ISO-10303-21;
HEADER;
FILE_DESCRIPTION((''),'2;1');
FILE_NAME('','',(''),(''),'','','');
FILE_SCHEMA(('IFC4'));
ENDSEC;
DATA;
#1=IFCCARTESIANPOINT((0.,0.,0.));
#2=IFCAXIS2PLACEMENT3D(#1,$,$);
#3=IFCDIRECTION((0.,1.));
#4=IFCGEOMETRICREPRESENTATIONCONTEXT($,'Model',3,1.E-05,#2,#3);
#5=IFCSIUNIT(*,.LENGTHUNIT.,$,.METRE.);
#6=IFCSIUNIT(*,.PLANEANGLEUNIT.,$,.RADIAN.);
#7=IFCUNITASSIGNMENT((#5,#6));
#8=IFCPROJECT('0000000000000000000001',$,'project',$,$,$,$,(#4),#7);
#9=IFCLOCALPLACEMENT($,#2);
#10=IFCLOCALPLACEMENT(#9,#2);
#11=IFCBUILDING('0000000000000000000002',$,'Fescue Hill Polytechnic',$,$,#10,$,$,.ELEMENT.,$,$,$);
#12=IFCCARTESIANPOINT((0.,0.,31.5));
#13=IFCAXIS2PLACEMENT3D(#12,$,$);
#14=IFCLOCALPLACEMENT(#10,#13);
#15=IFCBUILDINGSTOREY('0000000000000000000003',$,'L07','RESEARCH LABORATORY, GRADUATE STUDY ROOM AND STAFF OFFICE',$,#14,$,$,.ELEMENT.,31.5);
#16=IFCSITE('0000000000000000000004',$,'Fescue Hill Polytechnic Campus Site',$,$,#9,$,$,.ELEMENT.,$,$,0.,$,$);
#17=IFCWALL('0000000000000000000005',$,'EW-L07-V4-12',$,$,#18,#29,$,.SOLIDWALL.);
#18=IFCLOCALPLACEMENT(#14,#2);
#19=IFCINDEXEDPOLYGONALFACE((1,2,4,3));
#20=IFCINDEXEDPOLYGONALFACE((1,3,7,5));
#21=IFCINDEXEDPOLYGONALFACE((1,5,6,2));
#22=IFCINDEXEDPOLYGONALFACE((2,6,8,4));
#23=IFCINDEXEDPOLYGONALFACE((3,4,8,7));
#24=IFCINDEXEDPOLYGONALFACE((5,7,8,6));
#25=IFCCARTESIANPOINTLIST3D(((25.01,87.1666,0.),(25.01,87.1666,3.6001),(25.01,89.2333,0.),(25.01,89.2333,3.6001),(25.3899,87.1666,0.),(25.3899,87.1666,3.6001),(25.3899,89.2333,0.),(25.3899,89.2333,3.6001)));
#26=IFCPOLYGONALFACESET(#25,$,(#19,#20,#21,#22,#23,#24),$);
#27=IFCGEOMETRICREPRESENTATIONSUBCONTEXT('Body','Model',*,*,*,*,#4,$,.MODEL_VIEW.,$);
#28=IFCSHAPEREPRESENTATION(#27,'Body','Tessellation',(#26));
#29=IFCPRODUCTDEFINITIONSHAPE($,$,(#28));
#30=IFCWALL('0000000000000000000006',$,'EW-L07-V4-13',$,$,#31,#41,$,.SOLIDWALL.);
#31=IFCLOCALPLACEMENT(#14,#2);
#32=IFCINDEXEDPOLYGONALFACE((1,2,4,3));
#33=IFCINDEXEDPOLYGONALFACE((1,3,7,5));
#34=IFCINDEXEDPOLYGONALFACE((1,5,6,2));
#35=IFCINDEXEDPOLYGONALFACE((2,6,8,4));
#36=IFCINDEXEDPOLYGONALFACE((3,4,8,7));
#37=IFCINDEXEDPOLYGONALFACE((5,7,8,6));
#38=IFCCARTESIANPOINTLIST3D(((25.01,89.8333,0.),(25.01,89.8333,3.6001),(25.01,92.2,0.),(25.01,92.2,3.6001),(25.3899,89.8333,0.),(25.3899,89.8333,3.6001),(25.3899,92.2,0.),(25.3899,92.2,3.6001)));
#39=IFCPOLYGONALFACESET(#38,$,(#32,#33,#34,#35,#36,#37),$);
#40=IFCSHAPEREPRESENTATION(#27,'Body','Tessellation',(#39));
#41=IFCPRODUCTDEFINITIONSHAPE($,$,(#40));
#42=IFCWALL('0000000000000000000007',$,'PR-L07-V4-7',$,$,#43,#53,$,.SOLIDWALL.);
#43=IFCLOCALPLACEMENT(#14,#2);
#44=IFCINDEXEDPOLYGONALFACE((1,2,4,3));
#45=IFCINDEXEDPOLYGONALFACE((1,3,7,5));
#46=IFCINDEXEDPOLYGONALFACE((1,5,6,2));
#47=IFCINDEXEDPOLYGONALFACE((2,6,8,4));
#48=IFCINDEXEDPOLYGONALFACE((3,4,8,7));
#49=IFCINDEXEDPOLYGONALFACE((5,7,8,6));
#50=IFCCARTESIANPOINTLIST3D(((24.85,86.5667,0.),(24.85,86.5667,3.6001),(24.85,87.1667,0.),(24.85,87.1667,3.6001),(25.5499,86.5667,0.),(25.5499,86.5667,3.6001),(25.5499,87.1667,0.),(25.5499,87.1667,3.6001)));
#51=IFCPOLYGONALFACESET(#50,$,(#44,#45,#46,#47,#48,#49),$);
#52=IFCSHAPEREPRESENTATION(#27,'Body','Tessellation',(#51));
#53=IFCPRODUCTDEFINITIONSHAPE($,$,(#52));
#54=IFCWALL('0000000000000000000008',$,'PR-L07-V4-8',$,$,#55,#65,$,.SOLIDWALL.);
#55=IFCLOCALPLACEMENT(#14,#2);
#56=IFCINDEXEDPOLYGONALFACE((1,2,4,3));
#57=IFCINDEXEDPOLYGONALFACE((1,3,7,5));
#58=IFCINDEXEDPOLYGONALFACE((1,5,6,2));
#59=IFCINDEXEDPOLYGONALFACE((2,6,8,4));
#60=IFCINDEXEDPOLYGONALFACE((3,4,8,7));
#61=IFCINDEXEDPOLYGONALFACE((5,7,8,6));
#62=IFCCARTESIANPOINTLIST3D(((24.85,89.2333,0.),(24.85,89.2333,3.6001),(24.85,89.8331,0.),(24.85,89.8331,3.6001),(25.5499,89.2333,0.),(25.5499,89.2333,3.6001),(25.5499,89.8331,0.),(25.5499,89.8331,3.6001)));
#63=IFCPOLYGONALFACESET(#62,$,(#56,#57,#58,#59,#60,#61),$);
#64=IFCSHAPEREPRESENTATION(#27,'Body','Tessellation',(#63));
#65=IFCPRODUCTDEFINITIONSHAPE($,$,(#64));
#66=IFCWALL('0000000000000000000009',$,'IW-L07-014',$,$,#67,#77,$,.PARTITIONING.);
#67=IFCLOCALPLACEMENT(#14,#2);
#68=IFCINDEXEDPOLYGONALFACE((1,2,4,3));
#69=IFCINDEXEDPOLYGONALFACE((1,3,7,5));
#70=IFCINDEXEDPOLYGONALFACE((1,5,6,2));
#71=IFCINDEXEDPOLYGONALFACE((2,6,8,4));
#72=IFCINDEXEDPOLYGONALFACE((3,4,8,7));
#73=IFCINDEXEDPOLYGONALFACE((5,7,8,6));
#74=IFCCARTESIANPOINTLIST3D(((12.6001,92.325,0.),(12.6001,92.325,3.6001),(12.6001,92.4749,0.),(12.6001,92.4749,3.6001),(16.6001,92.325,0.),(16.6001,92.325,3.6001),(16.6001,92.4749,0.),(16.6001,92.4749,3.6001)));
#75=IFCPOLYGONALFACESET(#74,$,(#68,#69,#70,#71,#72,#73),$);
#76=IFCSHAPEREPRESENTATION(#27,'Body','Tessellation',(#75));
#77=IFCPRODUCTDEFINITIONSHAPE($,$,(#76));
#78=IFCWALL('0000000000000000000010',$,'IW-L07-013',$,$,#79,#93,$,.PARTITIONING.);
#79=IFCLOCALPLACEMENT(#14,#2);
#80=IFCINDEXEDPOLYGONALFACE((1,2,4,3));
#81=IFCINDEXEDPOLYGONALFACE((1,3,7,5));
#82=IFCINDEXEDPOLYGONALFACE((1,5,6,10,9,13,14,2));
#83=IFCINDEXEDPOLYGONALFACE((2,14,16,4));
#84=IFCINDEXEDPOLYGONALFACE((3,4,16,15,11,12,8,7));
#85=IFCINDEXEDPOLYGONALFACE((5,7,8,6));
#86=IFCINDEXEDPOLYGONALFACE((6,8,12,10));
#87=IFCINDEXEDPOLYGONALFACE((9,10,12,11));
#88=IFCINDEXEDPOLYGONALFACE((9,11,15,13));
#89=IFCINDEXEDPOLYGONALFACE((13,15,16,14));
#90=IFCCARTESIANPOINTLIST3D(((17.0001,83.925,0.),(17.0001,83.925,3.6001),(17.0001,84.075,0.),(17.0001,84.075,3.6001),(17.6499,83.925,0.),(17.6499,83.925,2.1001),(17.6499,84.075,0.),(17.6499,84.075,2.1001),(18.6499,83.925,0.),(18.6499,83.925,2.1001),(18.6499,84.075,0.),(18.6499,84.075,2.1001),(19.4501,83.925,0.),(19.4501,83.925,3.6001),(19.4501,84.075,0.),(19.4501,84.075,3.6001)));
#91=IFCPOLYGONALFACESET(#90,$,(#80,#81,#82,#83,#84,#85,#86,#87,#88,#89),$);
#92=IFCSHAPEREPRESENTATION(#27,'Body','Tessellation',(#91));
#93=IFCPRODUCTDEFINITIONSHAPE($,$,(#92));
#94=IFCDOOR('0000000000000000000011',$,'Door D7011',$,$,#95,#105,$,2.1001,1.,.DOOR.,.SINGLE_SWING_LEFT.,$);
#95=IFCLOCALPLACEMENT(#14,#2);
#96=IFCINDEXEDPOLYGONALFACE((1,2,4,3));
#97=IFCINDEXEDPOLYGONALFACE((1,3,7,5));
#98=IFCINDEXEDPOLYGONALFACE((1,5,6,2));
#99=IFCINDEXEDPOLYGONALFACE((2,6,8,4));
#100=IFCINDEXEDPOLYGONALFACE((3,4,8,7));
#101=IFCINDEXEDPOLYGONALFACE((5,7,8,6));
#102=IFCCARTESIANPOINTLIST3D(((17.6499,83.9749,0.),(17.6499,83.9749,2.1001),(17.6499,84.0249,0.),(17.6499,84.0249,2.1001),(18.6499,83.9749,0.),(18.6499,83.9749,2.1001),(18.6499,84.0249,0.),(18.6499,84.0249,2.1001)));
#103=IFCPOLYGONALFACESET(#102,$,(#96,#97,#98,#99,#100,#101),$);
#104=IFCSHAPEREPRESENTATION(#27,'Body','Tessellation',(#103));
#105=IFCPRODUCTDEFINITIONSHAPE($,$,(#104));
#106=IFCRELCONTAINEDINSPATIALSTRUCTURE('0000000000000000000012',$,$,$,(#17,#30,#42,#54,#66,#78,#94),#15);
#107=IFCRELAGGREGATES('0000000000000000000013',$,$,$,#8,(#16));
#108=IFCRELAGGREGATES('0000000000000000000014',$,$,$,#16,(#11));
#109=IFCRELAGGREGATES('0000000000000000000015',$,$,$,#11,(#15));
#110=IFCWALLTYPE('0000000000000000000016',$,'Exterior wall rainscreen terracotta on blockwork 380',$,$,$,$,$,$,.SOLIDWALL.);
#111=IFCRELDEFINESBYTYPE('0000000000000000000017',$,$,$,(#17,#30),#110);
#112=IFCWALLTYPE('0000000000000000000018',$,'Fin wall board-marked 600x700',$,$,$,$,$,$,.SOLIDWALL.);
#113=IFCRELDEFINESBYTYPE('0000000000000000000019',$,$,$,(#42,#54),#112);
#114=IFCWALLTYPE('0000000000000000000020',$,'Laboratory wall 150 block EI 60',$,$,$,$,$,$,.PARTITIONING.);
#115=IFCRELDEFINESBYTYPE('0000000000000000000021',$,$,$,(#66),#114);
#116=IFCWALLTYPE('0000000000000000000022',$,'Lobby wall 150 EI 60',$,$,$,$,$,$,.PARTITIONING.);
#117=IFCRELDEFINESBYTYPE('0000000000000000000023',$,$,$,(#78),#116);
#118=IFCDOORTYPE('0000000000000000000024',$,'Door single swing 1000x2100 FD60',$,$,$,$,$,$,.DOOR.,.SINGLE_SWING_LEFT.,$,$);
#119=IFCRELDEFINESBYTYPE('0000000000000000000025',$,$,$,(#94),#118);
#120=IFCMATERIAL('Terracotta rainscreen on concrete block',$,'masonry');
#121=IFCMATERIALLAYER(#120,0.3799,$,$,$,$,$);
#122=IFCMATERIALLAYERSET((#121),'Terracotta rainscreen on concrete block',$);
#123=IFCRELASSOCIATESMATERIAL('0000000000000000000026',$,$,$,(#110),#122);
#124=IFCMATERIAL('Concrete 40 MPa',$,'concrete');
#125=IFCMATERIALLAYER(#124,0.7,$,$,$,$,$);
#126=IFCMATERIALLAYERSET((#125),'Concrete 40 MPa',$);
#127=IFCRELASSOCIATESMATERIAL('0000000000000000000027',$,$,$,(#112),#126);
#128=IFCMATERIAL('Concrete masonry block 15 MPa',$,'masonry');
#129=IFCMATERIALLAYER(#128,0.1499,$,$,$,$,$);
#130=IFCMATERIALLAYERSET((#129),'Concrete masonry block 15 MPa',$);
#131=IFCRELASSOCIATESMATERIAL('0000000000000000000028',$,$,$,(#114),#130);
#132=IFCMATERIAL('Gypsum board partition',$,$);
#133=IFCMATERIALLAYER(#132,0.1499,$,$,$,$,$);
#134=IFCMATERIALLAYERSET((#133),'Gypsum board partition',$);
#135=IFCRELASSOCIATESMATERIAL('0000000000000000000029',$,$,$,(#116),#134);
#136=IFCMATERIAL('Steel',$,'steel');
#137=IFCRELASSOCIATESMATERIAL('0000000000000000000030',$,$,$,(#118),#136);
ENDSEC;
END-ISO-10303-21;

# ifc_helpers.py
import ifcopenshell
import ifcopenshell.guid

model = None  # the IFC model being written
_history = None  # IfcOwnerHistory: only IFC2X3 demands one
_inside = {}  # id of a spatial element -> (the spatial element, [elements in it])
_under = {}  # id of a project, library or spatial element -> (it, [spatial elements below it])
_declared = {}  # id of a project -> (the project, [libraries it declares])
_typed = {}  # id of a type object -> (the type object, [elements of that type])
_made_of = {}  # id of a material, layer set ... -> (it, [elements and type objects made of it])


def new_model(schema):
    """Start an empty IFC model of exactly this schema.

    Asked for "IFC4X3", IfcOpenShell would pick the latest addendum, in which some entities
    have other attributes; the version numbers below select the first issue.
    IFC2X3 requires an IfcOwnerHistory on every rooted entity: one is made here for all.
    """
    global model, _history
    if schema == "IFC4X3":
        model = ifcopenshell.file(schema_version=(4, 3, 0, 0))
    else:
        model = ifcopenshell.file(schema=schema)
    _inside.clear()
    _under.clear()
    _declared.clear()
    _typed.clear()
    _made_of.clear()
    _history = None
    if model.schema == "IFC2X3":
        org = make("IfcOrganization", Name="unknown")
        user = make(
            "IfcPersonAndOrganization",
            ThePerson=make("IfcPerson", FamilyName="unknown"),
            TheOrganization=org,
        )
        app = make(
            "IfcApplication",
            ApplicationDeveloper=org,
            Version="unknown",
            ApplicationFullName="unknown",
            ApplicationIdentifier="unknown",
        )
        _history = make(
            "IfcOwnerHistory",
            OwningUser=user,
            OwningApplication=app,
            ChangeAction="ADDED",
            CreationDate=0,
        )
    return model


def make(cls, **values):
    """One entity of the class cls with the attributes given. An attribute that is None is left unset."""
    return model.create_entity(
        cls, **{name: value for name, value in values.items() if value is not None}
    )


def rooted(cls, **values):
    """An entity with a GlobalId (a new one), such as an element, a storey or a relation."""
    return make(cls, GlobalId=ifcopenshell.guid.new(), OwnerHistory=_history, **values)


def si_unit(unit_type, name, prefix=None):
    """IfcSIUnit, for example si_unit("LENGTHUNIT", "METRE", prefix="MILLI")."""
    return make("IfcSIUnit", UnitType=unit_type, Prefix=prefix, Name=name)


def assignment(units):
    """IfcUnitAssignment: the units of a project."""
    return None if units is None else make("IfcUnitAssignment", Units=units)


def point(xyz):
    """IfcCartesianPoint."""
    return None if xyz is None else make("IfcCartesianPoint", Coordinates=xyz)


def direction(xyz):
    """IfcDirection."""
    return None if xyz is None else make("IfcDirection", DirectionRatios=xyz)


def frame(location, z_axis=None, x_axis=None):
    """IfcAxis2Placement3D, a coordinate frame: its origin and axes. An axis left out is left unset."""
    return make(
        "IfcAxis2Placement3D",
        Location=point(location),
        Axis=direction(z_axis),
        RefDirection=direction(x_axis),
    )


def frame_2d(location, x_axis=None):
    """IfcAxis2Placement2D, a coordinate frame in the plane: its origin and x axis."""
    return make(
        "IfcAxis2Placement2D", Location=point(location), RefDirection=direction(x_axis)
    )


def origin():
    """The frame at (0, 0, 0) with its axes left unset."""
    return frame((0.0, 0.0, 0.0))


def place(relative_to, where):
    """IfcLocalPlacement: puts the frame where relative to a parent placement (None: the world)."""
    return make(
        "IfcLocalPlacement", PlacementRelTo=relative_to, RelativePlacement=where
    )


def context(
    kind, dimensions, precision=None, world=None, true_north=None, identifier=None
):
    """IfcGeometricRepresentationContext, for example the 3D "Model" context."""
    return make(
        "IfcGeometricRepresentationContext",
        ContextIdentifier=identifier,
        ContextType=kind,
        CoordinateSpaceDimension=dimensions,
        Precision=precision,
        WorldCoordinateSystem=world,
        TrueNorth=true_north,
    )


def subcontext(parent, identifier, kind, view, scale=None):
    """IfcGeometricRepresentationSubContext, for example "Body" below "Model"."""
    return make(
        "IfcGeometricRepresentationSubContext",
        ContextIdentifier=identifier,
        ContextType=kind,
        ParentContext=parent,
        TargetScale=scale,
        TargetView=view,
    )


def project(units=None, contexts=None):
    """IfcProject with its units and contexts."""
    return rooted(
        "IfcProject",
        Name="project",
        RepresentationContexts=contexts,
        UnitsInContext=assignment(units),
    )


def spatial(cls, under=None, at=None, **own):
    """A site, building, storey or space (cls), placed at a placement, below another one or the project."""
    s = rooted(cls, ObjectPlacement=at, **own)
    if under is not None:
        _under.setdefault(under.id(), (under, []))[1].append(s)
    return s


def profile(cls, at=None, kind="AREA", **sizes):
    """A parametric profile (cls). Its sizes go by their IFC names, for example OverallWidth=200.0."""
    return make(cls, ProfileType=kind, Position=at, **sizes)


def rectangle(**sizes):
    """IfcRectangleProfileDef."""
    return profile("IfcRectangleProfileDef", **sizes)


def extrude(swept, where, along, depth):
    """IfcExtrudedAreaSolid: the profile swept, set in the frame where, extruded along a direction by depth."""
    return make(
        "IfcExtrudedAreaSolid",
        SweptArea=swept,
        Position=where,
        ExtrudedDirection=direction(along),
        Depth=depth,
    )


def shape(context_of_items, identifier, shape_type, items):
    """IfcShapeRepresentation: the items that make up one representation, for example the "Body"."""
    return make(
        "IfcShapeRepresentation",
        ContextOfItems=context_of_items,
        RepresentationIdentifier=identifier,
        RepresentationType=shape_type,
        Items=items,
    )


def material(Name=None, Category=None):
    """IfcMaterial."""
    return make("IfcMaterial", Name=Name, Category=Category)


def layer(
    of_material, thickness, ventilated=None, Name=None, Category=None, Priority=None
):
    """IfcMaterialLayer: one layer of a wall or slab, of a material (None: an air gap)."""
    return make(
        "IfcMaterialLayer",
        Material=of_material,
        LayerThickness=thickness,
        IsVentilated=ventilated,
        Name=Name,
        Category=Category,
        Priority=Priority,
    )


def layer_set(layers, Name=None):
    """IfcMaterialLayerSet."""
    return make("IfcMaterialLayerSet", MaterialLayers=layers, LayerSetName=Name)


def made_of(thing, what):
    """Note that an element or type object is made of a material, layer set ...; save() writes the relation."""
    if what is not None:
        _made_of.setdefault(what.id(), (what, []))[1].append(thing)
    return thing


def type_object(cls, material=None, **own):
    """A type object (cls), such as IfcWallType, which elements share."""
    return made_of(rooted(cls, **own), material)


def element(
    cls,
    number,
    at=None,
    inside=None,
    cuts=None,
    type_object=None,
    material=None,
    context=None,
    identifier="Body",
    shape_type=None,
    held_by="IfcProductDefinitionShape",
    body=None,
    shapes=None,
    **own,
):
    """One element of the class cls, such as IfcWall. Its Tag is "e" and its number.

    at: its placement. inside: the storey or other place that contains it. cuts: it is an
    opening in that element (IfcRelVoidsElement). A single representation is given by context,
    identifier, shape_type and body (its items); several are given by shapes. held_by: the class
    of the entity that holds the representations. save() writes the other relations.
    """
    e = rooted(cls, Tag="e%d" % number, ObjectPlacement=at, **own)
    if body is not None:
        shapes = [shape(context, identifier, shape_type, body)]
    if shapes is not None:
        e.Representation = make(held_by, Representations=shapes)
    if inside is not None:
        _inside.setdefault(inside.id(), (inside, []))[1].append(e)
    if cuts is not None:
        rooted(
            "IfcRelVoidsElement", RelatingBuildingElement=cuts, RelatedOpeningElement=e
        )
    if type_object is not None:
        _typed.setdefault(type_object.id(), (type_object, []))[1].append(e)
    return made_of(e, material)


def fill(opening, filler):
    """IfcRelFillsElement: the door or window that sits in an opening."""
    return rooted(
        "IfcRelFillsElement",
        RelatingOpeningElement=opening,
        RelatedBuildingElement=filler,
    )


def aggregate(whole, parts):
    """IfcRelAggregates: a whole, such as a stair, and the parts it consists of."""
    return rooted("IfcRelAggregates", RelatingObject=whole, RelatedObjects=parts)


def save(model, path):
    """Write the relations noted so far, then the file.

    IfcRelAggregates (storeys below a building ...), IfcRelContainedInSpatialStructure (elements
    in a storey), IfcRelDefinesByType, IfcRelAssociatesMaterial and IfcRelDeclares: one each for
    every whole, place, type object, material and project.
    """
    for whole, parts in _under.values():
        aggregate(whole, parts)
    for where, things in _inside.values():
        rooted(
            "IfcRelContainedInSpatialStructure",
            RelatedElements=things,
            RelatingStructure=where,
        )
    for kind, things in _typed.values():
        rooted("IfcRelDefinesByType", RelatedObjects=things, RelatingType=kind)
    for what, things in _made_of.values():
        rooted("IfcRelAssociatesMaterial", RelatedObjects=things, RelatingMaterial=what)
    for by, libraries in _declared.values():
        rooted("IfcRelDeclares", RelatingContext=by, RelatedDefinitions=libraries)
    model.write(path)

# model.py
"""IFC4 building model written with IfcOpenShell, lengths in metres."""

from ifc_helpers import new_model, si_unit, direction, frame, frame_2d, origin, place, context, subcontext, project, spatial, rectangle, extrude, material, layer, layer_set, type_object, element, fill, save


model = new_model("IFC4")

# Units and contexts
model_context = context("Model", 3, precision=1e-05, world=origin(), true_north=direction((0.0, 1.0)))
body_context = subcontext(model_context, "Body", "Model", "MODEL_VIEW")
ifc_project = project(units=[si_unit("LENGTHUNIT", "METRE"), si_unit("PLANEANGLEUNIT", "RADIAN")], contexts=[model_context])

# Site, building, storey
site_placement = place(None, origin())
site = spatial("IfcSite", under=ifc_project, at=site_placement, Name="Fescue Hill Polytechnic Campus Site", CompositionType="ELEMENT", RefElevation=0.0)
building_placement = place(site_placement, origin())
building = spatial("IfcBuilding", under=site, at=building_placement, Name="Fescue Hill Polytechnic", CompositionType="ELEMENT")
storey_placement = place(building_placement, frame((0.0, 0.0, 31.5)))
storey = spatial("IfcBuildingStorey", under=building, at=storey_placement, Name="L07", Description="RESEARCH LABORATORY, GRADUATE STUDY ROOM AND STAFF OFFICE", CompositionType="ELEMENT", Elevation=31.5)

# Shared definitions
ifc_material_1 = material(Name="Concrete 40 MPa", Category="concrete")

# Walls
ifc_material_2 = material(Name="Terracotta rainscreen on concrete block", Category="masonry")
ifc_layer_1 = layer(ifc_material_2, 0.3799)
ifc_layer_set_1 = layer_set([ifc_layer_1], Name="Terracotta rainscreen on concrete block")
wall_type_1 = type_object("IfcWallType", Name="Exterior wall rainscreen terracotta on blockwork 380", PredefinedType="SOLIDWALL", material=ifc_layer_set_1)
wall_1_placement = place(storey_placement, frame((25.2, 87.1667, 0.0), z_axis=(0.0, 0.0, 1.0), x_axis=(0.0, 1.0, 0.0)))
element("IfcWall", 1, at=wall_1_placement, inside=storey, type_object=wall_type_1, Name="EW-L07-V4-12", PredefinedType="SOLIDWALL", context=body_context, shape_type="SweptSolid", body=[
    extrude(rectangle(XDim=2.0667, YDim=0.3799, at=frame_2d((1.0332, 0.0))), origin(), (0.0, 0.0, 1.0), 3.6001),
])
wall_2_placement = place(storey_placement, frame((25.2, 89.8333, 0.0), z_axis=(0.0, 0.0, 1.0), x_axis=(0.0, 1.0, 0.0)))
element("IfcWall", 2, at=wall_2_placement, inside=storey, type_object=wall_type_1, Name="EW-L07-V4-13", PredefinedType="SOLIDWALL", context=body_context, shape_type="SweptSolid", body=[
    extrude(rectangle(XDim=2.3667, YDim=0.3799, at=frame_2d((1.1833, 0.0))), origin(), (0.0, 0.0, 1.0), 3.6001),
])
ifc_layer_2 = layer(ifc_material_1, 0.7)
ifc_layer_set_2 = layer_set([ifc_layer_2], Name="Concrete 40 MPa")
wall_type_2 = type_object("IfcWallType", Name="Fin wall board-marked 600x700", PredefinedType="SOLIDWALL", material=ifc_layer_set_2)
wall_3_placement = place(storey_placement, frame((25.2, 86.5667, 0.0), z_axis=(0.0, 0.0, 1.0), x_axis=(0.0, 1.0, 0.0)))
element("IfcWall", 3, at=wall_3_placement, inside=storey, type_object=wall_type_2, Name="PR-L07-V4-7", PredefinedType="SOLIDWALL", context=body_context, shape_type="SweptSolid", body=[
    extrude(rectangle(XDim=0.6001, YDim=0.7, at=frame_2d((0.3, 0.0))), origin(), (0.0, 0.0, 1.0), 3.6001),
])
wall_4_placement = place(storey_placement, frame((25.2, 89.2334, 0.0), z_axis=(0.0, 0.0, 1.0), x_axis=(0.0, 1.0, 0.0)))
element("IfcWall", 4, at=wall_4_placement, inside=storey, type_object=wall_type_2, Name="PR-L07-V4-8", PredefinedType="SOLIDWALL", context=body_context, shape_type="SweptSolid", body=[
    extrude(rectangle(XDim=0.5999, YDim=0.7, at=frame_2d((0.2998, 0.0))), origin(), (0.0, 0.0, 1.0), 3.6001),
])
ifc_material_3 = material(Name="Concrete masonry block 15 MPa", Category="masonry")
ifc_layer_3 = layer(ifc_material_3, 0.1499)
ifc_layer_set_3 = layer_set([ifc_layer_3], Name="Concrete masonry block 15 MPa")
wall_type_3 = type_object("IfcWallType", Name="Laboratory wall 150 block EI 60", PredefinedType="PARTITIONING", material=ifc_layer_set_3)
wall_5_placement = place(storey_placement, frame((12.6001, 92.3999, 0.0), z_axis=(0.0, 0.0, 1.0), x_axis=(1.0, 0.0, 0.0)))
element("IfcWall", 5, at=wall_5_placement, inside=storey, type_object=wall_type_3, Name="IW-L07-014", PredefinedType="PARTITIONING", context=body_context, shape_type="SweptSolid", body=[
    extrude(rectangle(XDim=4.0, YDim=0.1499, at=frame_2d((2.0, 0.0))), origin(), (0.0, 0.0, 1.0), 3.6001),
])

# Wall, opening, door
ifc_material_4 = material(Name="Gypsum board partition")
ifc_layer_4 = layer(ifc_material_4, 0.1499)
ifc_layer_set_4 = layer_set([ifc_layer_4], Name="Gypsum board partition")
wall_type_4 = type_object("IfcWallType", Name="Lobby wall 150 EI 60", PredefinedType="PARTITIONING", material=ifc_layer_set_4)
wall_6_placement = place(storey_placement, frame((17.0, 84.0, 0.0), z_axis=(0.0, 0.0, 1.0), x_axis=(1.0, 0.0, 0.0)))
wall_6 = element("IfcWall", 6, at=wall_6_placement, inside=storey, type_object=wall_type_4, Name="IW-L07-013", PredefinedType="PARTITIONING", context=body_context, shape_type="SweptSolid", body=[
    extrude(rectangle(XDim=2.45, YDim=0.1499, at=frame_2d((1.2251, 0.0))), origin(), (0.0, 0.0, 1.0), 3.6001),
])
opening_placement = place(wall_6_placement, frame((0.6499, 0.0, 0.0)))
opening = element("IfcOpeningElement", 7, at=opening_placement, cuts=wall_6, PredefinedType="OPENING", context=body_context, shape_type="SweptSolid", body=[
    extrude(rectangle(XDim=1.0, YDim=2.1001, at=frame_2d((0.5, 1.05))), frame((0.0, 0.085, 0.0), z_axis=(0.0, -1.0, 0.0), x_axis=(1.0, 0.0, 0.0)), (0.0, 0.0, 1.0), 0.1699),
])
ifc_material_5 = material(Name="Steel", Category="steel")
door_type = type_object("IfcDoorType", Name="Door single swing 1000x2100 FD60", OperationType="SINGLE_SWING_LEFT", PredefinedType="DOOR", material=ifc_material_5)
door_placement = place(opening_placement, origin())
door = element("IfcDoor", 8, at=door_placement, inside=storey, type_object=door_type, Name="Door D7011", OperationType="SINGLE_SWING_LEFT", OverallHeight=2.1001, OverallWidth=1.0, PredefinedType="DOOR", context=body_context, shape_type="SweptSolid", body=[
    extrude(rectangle(XDim=1.0, YDim=2.1001, at=frame_2d((0.5, 1.05))), frame((0.0, 0.0249, 0.0), z_axis=(0.0, -1.0, 0.0), x_axis=(1.0, 0.0, 0.0)), (0.0, 0.0, 1.0), 0.05),
])
fill(opening, door)

save(model, "model.ifc")
